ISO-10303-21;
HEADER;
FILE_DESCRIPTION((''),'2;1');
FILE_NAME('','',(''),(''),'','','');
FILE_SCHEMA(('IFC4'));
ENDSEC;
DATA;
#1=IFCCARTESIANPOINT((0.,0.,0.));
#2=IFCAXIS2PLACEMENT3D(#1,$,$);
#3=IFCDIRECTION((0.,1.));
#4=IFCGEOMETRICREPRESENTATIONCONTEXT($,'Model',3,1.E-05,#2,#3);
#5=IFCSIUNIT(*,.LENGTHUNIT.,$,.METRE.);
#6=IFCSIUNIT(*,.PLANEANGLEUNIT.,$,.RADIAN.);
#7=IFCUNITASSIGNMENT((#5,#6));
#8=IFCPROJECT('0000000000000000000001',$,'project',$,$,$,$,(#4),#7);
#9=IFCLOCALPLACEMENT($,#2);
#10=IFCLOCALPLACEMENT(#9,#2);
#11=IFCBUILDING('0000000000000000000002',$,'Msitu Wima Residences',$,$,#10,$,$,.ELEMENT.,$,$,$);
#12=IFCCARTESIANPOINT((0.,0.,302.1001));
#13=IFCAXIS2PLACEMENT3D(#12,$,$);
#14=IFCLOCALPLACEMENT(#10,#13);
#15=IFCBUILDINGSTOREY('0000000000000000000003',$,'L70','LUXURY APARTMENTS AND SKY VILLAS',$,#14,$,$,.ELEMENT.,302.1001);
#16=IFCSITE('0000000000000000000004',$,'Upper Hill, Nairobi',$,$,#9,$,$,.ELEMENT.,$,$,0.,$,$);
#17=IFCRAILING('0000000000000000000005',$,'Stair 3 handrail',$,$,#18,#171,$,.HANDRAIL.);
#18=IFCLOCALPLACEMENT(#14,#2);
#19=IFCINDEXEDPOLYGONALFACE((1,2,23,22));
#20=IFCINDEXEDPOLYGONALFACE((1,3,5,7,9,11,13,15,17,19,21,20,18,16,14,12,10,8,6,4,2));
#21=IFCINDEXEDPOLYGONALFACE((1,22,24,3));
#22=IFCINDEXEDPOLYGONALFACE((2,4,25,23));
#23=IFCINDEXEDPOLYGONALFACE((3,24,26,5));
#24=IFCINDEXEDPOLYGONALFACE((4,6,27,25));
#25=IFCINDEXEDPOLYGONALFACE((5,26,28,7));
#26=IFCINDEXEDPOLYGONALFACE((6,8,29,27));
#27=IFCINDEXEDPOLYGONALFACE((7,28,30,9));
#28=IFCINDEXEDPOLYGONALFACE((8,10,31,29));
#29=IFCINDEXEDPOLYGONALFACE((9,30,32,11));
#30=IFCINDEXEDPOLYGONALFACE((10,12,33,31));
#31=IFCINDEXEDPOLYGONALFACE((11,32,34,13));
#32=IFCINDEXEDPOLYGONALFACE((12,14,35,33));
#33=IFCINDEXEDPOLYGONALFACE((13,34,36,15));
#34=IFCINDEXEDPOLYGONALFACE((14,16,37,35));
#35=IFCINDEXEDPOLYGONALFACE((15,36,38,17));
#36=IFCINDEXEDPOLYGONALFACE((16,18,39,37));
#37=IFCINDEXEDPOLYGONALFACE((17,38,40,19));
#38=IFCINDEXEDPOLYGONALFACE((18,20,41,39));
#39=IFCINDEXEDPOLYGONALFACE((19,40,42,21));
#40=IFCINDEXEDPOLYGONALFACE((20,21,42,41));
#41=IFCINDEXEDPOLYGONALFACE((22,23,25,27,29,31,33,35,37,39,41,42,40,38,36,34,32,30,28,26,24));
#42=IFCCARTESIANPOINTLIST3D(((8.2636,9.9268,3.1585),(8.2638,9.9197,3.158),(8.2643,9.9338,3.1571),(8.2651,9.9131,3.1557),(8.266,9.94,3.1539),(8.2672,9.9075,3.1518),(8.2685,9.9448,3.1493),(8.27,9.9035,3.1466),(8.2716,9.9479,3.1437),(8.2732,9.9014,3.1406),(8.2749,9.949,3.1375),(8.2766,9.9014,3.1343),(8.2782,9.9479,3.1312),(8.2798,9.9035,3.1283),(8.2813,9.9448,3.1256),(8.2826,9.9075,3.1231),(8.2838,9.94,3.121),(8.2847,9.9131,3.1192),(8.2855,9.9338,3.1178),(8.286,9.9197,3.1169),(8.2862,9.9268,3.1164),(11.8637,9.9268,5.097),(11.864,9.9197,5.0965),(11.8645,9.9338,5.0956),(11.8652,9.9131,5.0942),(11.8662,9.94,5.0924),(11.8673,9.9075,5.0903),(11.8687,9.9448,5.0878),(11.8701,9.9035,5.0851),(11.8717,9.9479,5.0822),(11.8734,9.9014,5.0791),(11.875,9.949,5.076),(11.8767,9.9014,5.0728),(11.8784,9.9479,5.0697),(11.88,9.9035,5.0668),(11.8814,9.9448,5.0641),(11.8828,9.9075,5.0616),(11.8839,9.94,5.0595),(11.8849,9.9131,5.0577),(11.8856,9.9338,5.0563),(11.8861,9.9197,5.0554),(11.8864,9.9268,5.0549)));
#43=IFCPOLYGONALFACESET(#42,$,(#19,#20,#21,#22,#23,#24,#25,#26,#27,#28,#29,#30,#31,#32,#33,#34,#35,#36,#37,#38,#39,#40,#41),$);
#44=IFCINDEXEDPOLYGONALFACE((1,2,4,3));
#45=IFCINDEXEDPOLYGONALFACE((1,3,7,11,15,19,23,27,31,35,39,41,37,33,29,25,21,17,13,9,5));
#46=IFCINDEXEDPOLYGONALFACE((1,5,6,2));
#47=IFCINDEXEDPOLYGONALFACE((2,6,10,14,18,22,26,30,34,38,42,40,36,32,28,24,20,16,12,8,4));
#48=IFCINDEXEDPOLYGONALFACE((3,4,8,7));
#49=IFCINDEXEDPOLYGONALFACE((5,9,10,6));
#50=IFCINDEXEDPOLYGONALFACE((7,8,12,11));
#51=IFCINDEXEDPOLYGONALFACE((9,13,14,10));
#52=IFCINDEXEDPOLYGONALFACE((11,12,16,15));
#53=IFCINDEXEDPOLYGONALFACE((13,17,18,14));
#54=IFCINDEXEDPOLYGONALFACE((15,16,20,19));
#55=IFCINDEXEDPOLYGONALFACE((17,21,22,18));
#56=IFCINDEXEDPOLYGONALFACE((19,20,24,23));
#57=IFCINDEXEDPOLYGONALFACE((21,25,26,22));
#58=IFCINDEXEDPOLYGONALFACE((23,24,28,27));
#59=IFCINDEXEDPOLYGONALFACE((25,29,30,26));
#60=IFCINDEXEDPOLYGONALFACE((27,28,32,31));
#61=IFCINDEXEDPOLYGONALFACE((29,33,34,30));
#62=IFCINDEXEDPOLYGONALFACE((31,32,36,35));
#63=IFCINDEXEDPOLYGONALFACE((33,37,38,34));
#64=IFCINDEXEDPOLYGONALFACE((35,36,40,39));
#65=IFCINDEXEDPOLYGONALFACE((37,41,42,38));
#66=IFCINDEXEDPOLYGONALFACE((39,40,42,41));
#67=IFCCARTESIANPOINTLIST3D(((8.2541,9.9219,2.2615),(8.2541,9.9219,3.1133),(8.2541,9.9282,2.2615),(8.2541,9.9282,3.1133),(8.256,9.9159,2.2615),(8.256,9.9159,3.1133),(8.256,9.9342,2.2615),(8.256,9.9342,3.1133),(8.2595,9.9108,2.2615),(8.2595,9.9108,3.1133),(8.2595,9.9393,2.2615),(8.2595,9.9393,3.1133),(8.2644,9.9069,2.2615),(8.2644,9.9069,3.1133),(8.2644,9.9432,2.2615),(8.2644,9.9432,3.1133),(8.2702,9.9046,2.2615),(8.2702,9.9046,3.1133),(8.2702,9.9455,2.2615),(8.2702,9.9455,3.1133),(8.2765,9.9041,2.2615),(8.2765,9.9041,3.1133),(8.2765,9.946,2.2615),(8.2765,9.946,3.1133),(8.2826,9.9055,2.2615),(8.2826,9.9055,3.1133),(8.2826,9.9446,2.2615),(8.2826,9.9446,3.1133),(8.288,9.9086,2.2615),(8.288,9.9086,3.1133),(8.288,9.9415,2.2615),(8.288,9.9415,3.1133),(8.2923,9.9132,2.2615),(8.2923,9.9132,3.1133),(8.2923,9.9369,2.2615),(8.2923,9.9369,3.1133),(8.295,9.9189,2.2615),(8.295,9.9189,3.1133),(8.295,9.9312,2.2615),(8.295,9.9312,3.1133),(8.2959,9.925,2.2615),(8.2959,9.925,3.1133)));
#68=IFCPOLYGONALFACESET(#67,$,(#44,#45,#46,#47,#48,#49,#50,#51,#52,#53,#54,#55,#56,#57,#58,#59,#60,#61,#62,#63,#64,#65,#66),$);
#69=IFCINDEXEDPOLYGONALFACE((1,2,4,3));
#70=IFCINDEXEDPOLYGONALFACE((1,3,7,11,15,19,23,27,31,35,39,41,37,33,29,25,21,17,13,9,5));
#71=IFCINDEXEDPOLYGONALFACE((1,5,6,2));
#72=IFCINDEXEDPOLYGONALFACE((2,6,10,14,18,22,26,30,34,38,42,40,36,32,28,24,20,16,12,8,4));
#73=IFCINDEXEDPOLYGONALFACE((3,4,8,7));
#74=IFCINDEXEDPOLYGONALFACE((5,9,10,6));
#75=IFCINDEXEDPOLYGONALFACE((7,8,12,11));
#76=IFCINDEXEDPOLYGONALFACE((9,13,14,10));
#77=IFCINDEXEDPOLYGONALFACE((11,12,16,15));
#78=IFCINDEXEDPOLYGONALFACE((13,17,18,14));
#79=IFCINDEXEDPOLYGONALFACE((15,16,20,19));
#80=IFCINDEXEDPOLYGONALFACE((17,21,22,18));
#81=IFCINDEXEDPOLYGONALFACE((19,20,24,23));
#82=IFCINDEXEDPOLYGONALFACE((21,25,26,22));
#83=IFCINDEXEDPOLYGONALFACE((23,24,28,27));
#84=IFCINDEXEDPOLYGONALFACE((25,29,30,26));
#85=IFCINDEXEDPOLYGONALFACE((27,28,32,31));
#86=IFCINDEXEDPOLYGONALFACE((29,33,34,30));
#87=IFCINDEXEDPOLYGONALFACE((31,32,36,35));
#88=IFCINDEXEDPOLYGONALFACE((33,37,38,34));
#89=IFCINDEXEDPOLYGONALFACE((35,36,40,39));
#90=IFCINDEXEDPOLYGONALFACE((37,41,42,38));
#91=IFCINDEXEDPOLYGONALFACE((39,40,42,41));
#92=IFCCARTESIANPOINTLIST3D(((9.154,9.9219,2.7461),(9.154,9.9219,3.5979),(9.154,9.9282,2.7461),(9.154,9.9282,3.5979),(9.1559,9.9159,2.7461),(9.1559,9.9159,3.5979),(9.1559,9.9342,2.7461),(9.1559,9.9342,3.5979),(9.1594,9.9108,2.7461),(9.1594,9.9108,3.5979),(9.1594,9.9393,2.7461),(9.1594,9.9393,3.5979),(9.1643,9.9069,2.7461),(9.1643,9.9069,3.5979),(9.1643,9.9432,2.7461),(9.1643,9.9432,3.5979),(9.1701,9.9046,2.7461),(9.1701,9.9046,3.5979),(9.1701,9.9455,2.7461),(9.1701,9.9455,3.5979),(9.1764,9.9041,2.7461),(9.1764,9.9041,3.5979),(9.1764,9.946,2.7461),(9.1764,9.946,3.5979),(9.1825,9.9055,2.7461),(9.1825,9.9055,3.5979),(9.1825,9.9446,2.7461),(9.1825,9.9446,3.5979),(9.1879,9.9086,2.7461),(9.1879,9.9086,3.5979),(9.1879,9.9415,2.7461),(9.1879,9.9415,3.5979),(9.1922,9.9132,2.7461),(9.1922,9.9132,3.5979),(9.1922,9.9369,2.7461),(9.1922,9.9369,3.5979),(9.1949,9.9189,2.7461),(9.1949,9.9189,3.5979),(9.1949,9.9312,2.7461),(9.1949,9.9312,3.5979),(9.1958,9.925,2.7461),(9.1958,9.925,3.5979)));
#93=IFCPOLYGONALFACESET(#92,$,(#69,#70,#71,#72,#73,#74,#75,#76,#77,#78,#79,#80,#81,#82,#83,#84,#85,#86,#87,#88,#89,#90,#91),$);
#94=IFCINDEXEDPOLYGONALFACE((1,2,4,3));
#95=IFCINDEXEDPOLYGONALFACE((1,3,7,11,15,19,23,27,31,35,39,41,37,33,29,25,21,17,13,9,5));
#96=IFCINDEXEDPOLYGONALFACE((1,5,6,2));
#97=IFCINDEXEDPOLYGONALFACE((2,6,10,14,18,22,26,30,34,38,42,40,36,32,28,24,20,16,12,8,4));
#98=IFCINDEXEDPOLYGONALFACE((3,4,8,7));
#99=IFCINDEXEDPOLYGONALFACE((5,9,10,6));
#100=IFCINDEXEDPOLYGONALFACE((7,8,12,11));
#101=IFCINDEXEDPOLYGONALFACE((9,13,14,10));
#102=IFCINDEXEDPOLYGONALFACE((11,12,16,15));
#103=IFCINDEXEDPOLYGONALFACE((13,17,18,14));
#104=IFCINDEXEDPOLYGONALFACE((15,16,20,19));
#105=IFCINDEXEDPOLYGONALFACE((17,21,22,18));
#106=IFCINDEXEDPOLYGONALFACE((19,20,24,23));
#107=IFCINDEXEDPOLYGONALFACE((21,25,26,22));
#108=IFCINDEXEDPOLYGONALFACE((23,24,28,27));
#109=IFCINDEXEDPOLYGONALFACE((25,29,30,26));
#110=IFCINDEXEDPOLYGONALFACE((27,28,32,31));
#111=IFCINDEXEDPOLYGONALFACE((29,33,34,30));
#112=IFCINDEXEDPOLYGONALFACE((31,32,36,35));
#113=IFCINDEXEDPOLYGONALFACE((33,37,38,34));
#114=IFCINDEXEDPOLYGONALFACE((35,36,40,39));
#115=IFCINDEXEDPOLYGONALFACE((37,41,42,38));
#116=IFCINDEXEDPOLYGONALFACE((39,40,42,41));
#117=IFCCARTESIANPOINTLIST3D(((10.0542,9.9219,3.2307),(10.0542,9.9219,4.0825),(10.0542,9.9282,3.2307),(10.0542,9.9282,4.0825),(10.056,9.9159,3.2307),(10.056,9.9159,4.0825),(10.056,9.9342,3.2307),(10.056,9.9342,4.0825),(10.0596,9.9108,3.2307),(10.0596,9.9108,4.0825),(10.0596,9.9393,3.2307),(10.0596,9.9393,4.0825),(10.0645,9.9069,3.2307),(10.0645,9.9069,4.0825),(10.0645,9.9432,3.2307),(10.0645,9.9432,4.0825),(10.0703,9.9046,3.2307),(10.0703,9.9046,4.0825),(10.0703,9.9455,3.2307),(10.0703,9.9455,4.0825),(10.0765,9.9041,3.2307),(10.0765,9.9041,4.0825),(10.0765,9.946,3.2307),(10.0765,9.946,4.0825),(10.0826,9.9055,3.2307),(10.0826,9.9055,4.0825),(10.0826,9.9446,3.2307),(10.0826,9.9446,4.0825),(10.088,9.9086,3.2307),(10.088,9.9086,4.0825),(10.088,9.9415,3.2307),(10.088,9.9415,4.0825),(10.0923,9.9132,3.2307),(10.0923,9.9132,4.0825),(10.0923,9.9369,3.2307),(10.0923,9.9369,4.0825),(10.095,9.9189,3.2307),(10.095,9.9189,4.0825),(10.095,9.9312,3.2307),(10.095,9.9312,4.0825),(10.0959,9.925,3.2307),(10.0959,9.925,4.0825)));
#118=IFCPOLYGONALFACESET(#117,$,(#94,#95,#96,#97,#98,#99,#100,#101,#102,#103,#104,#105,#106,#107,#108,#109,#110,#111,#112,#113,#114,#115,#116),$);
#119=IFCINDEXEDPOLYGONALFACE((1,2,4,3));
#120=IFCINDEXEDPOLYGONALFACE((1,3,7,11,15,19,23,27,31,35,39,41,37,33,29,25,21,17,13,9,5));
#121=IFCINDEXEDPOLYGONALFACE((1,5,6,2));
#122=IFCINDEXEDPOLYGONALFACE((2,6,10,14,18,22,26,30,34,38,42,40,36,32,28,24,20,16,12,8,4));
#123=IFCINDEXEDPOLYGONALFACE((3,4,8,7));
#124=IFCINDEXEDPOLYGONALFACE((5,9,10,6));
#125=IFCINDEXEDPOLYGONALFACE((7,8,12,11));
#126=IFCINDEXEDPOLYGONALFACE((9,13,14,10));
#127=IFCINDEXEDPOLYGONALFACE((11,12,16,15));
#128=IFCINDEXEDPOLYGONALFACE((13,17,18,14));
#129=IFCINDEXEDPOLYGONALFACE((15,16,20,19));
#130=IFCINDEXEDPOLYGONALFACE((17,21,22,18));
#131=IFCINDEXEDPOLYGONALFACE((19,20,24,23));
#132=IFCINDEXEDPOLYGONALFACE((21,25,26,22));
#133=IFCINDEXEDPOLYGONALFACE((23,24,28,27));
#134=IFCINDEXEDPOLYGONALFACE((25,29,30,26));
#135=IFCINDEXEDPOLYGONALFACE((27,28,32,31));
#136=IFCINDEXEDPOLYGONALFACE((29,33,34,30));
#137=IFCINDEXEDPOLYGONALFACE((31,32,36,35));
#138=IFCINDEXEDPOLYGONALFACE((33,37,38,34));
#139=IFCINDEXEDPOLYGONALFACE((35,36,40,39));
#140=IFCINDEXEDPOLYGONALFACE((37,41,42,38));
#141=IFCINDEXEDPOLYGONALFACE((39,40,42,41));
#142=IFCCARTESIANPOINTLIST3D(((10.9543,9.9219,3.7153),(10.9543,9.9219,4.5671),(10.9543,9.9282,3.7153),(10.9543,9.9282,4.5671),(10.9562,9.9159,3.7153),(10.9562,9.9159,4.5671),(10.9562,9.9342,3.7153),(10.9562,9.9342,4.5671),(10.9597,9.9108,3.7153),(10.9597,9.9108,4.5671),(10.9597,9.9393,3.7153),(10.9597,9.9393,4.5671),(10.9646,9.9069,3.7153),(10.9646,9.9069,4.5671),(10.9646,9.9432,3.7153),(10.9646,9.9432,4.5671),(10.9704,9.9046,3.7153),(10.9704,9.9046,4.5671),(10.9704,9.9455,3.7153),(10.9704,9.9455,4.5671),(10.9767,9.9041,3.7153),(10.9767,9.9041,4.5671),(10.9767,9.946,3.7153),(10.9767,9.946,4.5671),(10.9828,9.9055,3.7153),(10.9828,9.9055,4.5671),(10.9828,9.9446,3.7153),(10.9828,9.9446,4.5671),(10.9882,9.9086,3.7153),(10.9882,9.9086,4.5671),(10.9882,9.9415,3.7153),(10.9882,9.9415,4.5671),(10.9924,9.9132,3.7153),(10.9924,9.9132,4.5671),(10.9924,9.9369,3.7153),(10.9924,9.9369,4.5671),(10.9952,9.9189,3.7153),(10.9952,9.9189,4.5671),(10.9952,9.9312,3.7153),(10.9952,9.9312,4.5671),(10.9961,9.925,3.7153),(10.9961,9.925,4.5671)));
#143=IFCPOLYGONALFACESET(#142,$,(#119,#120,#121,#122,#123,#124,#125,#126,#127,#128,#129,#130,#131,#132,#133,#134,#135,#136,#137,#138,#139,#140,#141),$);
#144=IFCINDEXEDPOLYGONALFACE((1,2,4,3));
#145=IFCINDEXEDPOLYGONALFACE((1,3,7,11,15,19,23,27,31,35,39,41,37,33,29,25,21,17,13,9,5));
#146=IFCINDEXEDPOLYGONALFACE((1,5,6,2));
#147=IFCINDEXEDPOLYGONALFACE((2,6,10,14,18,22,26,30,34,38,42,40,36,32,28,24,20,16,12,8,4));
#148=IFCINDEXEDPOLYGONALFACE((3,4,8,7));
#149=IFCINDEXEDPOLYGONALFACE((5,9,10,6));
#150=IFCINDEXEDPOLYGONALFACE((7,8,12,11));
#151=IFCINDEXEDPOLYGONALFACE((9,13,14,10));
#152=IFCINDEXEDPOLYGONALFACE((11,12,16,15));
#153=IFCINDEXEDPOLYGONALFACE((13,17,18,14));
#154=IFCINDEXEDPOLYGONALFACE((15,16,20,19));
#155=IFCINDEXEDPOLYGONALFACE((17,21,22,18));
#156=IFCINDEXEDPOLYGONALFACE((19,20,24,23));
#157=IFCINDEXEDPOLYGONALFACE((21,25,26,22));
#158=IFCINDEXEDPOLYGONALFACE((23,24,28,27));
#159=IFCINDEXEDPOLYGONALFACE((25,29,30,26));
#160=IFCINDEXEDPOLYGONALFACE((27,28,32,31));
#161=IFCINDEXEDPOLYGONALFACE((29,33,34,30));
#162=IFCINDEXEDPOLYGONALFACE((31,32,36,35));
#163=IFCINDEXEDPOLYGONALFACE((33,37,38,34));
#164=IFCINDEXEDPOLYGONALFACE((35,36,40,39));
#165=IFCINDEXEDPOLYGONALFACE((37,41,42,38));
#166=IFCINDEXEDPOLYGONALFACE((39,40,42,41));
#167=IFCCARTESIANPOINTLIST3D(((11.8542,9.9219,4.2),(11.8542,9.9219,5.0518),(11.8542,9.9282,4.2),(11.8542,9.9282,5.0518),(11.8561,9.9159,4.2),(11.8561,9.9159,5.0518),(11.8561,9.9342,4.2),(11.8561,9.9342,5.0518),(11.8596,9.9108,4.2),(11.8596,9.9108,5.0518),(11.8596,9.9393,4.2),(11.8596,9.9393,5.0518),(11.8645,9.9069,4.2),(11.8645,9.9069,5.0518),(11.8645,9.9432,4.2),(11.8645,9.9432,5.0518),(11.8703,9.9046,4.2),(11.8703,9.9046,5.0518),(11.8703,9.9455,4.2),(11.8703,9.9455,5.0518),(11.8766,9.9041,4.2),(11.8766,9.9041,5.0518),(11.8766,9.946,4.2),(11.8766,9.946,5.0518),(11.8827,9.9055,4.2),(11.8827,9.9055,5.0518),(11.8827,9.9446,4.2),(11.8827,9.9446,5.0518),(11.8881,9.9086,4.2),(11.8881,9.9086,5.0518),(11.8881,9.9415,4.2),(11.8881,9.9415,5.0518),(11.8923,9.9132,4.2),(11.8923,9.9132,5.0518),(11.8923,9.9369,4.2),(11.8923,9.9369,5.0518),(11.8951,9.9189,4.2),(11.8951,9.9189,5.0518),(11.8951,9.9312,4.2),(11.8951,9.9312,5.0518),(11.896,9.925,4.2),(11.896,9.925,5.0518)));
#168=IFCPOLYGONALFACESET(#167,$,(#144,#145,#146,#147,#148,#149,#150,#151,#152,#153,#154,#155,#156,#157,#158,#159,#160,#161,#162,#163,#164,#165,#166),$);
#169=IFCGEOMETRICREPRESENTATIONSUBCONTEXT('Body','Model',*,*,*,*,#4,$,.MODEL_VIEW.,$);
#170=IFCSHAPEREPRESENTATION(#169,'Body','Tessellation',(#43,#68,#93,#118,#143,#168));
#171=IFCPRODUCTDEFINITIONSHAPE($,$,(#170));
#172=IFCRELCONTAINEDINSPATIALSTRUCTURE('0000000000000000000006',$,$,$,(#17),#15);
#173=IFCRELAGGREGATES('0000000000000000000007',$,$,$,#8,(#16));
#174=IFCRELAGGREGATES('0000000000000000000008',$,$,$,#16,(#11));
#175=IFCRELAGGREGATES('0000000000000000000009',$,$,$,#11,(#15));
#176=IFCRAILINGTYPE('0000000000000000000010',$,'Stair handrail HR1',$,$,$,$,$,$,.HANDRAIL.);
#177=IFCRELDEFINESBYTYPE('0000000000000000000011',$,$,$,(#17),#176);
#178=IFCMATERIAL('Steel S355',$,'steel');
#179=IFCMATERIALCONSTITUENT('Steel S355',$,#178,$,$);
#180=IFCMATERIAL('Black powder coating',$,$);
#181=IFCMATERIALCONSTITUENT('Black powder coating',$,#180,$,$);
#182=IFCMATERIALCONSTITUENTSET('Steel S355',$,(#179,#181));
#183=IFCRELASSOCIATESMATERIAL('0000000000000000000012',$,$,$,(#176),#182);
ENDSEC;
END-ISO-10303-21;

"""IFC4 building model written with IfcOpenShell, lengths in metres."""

from ifc_helpers import new_model, si_unit, direction, frame, origin, origin_2d, place, context, subcontext, project, spatial, circle, extrude, material, constituent, constituent_set, type_object, element, save


model = new_model("IFC4")

# Units and contexts
model_context = context("Model", 3, precision=1e-05, world=origin(), true_north=direction((0.0, 1.0)))
body_context = subcontext(model_context, "Body", "Model", "MODEL_VIEW")
ifc_project = project(units=[si_unit("LENGTHUNIT", "METRE"), si_unit("PLANEANGLEUNIT", "RADIAN")], contexts=[model_context])

# Site, building, storey
site_placement = place(None, origin())
site = spatial("IfcSite", under=ifc_project, at=site_placement, Name="Upper Hill, Nairobi", CompositionType="ELEMENT", RefElevation=0.0)
building_placement = place(site_placement, origin())
building = spatial("IfcBuilding", under=site, at=building_placement, Name="Msitu Wima Residences", CompositionType="ELEMENT")
storey_placement = place(building_placement, frame((0.0, 0.0, 302.1001)))
storey = spatial("IfcBuildingStorey", under=building, at=storey_placement, Name="L70", Description="LUXURY APARTMENTS AND SKY VILLAS", CompositionType="ELEMENT", Elevation=302.1001)

# Railing
ifc_material_1 = material(Name="Steel S355", Category="steel")
ifc_constituent_1 = constituent(ifc_material_1, Name="Steel S355")
ifc_material_2 = material(Name="Black powder coating")
ifc_constituent_2 = constituent(ifc_material_2, Name="Black powder coating")
ifc_constituent_set = constituent_set(constituents=[ifc_constituent_1, ifc_constituent_2], Name="Steel S355")
railing_type = type_object("IfcRailingType", Name="Stair handrail HR1", PredefinedType="HANDRAIL", material=ifc_constituent_set)
for number, where, name in (
    (1, (8.2749, 9.925, 2.2615), "Stair 3 handrail"),
):
    element("IfcRailing", number, at=place(storey_placement, frame(where)), inside=storey, type_object=railing_type, Name=name, PredefinedType="HANDRAIL", context=body_context, shape_type="SweptSolid", body=[
        extrude(circle(Radius=0.0239, at=origin_2d()), frame((0.0, 0.0, 0.876), z_axis=(0.880475, 0.0, 0.474093), x_axis=(0.0, 1.0, 0.0)), (0.0, 0.0, 1.0), 4.0889),
        extrude(circle(Radius=0.021, at=origin_2d()), origin(), (0.0, 0.0, 1.0), 0.8518),
        extrude(circle(Radius=0.021, at=origin_2d()), frame((0.8999, 0.0, 0.4846)), (0.0, 0.0, 1.0), 0.8518),
        extrude(circle(Radius=0.021, at=origin_2d()), frame((1.8, 0.0, 0.9692)), (0.0, 0.0, 1.0), 0.8518),
        extrude(circle(Radius=0.021, at=origin_2d()), frame((2.7002, 0.0, 1.4539)), (0.0, 0.0, 1.0), 0.8518),
        extrude(circle(Radius=0.021, at=origin_2d()), frame((3.6001, 0.0, 1.9385)), (0.0, 0.0, 1.0), 0.8518),
    ])

save(model, "model.ifc")
